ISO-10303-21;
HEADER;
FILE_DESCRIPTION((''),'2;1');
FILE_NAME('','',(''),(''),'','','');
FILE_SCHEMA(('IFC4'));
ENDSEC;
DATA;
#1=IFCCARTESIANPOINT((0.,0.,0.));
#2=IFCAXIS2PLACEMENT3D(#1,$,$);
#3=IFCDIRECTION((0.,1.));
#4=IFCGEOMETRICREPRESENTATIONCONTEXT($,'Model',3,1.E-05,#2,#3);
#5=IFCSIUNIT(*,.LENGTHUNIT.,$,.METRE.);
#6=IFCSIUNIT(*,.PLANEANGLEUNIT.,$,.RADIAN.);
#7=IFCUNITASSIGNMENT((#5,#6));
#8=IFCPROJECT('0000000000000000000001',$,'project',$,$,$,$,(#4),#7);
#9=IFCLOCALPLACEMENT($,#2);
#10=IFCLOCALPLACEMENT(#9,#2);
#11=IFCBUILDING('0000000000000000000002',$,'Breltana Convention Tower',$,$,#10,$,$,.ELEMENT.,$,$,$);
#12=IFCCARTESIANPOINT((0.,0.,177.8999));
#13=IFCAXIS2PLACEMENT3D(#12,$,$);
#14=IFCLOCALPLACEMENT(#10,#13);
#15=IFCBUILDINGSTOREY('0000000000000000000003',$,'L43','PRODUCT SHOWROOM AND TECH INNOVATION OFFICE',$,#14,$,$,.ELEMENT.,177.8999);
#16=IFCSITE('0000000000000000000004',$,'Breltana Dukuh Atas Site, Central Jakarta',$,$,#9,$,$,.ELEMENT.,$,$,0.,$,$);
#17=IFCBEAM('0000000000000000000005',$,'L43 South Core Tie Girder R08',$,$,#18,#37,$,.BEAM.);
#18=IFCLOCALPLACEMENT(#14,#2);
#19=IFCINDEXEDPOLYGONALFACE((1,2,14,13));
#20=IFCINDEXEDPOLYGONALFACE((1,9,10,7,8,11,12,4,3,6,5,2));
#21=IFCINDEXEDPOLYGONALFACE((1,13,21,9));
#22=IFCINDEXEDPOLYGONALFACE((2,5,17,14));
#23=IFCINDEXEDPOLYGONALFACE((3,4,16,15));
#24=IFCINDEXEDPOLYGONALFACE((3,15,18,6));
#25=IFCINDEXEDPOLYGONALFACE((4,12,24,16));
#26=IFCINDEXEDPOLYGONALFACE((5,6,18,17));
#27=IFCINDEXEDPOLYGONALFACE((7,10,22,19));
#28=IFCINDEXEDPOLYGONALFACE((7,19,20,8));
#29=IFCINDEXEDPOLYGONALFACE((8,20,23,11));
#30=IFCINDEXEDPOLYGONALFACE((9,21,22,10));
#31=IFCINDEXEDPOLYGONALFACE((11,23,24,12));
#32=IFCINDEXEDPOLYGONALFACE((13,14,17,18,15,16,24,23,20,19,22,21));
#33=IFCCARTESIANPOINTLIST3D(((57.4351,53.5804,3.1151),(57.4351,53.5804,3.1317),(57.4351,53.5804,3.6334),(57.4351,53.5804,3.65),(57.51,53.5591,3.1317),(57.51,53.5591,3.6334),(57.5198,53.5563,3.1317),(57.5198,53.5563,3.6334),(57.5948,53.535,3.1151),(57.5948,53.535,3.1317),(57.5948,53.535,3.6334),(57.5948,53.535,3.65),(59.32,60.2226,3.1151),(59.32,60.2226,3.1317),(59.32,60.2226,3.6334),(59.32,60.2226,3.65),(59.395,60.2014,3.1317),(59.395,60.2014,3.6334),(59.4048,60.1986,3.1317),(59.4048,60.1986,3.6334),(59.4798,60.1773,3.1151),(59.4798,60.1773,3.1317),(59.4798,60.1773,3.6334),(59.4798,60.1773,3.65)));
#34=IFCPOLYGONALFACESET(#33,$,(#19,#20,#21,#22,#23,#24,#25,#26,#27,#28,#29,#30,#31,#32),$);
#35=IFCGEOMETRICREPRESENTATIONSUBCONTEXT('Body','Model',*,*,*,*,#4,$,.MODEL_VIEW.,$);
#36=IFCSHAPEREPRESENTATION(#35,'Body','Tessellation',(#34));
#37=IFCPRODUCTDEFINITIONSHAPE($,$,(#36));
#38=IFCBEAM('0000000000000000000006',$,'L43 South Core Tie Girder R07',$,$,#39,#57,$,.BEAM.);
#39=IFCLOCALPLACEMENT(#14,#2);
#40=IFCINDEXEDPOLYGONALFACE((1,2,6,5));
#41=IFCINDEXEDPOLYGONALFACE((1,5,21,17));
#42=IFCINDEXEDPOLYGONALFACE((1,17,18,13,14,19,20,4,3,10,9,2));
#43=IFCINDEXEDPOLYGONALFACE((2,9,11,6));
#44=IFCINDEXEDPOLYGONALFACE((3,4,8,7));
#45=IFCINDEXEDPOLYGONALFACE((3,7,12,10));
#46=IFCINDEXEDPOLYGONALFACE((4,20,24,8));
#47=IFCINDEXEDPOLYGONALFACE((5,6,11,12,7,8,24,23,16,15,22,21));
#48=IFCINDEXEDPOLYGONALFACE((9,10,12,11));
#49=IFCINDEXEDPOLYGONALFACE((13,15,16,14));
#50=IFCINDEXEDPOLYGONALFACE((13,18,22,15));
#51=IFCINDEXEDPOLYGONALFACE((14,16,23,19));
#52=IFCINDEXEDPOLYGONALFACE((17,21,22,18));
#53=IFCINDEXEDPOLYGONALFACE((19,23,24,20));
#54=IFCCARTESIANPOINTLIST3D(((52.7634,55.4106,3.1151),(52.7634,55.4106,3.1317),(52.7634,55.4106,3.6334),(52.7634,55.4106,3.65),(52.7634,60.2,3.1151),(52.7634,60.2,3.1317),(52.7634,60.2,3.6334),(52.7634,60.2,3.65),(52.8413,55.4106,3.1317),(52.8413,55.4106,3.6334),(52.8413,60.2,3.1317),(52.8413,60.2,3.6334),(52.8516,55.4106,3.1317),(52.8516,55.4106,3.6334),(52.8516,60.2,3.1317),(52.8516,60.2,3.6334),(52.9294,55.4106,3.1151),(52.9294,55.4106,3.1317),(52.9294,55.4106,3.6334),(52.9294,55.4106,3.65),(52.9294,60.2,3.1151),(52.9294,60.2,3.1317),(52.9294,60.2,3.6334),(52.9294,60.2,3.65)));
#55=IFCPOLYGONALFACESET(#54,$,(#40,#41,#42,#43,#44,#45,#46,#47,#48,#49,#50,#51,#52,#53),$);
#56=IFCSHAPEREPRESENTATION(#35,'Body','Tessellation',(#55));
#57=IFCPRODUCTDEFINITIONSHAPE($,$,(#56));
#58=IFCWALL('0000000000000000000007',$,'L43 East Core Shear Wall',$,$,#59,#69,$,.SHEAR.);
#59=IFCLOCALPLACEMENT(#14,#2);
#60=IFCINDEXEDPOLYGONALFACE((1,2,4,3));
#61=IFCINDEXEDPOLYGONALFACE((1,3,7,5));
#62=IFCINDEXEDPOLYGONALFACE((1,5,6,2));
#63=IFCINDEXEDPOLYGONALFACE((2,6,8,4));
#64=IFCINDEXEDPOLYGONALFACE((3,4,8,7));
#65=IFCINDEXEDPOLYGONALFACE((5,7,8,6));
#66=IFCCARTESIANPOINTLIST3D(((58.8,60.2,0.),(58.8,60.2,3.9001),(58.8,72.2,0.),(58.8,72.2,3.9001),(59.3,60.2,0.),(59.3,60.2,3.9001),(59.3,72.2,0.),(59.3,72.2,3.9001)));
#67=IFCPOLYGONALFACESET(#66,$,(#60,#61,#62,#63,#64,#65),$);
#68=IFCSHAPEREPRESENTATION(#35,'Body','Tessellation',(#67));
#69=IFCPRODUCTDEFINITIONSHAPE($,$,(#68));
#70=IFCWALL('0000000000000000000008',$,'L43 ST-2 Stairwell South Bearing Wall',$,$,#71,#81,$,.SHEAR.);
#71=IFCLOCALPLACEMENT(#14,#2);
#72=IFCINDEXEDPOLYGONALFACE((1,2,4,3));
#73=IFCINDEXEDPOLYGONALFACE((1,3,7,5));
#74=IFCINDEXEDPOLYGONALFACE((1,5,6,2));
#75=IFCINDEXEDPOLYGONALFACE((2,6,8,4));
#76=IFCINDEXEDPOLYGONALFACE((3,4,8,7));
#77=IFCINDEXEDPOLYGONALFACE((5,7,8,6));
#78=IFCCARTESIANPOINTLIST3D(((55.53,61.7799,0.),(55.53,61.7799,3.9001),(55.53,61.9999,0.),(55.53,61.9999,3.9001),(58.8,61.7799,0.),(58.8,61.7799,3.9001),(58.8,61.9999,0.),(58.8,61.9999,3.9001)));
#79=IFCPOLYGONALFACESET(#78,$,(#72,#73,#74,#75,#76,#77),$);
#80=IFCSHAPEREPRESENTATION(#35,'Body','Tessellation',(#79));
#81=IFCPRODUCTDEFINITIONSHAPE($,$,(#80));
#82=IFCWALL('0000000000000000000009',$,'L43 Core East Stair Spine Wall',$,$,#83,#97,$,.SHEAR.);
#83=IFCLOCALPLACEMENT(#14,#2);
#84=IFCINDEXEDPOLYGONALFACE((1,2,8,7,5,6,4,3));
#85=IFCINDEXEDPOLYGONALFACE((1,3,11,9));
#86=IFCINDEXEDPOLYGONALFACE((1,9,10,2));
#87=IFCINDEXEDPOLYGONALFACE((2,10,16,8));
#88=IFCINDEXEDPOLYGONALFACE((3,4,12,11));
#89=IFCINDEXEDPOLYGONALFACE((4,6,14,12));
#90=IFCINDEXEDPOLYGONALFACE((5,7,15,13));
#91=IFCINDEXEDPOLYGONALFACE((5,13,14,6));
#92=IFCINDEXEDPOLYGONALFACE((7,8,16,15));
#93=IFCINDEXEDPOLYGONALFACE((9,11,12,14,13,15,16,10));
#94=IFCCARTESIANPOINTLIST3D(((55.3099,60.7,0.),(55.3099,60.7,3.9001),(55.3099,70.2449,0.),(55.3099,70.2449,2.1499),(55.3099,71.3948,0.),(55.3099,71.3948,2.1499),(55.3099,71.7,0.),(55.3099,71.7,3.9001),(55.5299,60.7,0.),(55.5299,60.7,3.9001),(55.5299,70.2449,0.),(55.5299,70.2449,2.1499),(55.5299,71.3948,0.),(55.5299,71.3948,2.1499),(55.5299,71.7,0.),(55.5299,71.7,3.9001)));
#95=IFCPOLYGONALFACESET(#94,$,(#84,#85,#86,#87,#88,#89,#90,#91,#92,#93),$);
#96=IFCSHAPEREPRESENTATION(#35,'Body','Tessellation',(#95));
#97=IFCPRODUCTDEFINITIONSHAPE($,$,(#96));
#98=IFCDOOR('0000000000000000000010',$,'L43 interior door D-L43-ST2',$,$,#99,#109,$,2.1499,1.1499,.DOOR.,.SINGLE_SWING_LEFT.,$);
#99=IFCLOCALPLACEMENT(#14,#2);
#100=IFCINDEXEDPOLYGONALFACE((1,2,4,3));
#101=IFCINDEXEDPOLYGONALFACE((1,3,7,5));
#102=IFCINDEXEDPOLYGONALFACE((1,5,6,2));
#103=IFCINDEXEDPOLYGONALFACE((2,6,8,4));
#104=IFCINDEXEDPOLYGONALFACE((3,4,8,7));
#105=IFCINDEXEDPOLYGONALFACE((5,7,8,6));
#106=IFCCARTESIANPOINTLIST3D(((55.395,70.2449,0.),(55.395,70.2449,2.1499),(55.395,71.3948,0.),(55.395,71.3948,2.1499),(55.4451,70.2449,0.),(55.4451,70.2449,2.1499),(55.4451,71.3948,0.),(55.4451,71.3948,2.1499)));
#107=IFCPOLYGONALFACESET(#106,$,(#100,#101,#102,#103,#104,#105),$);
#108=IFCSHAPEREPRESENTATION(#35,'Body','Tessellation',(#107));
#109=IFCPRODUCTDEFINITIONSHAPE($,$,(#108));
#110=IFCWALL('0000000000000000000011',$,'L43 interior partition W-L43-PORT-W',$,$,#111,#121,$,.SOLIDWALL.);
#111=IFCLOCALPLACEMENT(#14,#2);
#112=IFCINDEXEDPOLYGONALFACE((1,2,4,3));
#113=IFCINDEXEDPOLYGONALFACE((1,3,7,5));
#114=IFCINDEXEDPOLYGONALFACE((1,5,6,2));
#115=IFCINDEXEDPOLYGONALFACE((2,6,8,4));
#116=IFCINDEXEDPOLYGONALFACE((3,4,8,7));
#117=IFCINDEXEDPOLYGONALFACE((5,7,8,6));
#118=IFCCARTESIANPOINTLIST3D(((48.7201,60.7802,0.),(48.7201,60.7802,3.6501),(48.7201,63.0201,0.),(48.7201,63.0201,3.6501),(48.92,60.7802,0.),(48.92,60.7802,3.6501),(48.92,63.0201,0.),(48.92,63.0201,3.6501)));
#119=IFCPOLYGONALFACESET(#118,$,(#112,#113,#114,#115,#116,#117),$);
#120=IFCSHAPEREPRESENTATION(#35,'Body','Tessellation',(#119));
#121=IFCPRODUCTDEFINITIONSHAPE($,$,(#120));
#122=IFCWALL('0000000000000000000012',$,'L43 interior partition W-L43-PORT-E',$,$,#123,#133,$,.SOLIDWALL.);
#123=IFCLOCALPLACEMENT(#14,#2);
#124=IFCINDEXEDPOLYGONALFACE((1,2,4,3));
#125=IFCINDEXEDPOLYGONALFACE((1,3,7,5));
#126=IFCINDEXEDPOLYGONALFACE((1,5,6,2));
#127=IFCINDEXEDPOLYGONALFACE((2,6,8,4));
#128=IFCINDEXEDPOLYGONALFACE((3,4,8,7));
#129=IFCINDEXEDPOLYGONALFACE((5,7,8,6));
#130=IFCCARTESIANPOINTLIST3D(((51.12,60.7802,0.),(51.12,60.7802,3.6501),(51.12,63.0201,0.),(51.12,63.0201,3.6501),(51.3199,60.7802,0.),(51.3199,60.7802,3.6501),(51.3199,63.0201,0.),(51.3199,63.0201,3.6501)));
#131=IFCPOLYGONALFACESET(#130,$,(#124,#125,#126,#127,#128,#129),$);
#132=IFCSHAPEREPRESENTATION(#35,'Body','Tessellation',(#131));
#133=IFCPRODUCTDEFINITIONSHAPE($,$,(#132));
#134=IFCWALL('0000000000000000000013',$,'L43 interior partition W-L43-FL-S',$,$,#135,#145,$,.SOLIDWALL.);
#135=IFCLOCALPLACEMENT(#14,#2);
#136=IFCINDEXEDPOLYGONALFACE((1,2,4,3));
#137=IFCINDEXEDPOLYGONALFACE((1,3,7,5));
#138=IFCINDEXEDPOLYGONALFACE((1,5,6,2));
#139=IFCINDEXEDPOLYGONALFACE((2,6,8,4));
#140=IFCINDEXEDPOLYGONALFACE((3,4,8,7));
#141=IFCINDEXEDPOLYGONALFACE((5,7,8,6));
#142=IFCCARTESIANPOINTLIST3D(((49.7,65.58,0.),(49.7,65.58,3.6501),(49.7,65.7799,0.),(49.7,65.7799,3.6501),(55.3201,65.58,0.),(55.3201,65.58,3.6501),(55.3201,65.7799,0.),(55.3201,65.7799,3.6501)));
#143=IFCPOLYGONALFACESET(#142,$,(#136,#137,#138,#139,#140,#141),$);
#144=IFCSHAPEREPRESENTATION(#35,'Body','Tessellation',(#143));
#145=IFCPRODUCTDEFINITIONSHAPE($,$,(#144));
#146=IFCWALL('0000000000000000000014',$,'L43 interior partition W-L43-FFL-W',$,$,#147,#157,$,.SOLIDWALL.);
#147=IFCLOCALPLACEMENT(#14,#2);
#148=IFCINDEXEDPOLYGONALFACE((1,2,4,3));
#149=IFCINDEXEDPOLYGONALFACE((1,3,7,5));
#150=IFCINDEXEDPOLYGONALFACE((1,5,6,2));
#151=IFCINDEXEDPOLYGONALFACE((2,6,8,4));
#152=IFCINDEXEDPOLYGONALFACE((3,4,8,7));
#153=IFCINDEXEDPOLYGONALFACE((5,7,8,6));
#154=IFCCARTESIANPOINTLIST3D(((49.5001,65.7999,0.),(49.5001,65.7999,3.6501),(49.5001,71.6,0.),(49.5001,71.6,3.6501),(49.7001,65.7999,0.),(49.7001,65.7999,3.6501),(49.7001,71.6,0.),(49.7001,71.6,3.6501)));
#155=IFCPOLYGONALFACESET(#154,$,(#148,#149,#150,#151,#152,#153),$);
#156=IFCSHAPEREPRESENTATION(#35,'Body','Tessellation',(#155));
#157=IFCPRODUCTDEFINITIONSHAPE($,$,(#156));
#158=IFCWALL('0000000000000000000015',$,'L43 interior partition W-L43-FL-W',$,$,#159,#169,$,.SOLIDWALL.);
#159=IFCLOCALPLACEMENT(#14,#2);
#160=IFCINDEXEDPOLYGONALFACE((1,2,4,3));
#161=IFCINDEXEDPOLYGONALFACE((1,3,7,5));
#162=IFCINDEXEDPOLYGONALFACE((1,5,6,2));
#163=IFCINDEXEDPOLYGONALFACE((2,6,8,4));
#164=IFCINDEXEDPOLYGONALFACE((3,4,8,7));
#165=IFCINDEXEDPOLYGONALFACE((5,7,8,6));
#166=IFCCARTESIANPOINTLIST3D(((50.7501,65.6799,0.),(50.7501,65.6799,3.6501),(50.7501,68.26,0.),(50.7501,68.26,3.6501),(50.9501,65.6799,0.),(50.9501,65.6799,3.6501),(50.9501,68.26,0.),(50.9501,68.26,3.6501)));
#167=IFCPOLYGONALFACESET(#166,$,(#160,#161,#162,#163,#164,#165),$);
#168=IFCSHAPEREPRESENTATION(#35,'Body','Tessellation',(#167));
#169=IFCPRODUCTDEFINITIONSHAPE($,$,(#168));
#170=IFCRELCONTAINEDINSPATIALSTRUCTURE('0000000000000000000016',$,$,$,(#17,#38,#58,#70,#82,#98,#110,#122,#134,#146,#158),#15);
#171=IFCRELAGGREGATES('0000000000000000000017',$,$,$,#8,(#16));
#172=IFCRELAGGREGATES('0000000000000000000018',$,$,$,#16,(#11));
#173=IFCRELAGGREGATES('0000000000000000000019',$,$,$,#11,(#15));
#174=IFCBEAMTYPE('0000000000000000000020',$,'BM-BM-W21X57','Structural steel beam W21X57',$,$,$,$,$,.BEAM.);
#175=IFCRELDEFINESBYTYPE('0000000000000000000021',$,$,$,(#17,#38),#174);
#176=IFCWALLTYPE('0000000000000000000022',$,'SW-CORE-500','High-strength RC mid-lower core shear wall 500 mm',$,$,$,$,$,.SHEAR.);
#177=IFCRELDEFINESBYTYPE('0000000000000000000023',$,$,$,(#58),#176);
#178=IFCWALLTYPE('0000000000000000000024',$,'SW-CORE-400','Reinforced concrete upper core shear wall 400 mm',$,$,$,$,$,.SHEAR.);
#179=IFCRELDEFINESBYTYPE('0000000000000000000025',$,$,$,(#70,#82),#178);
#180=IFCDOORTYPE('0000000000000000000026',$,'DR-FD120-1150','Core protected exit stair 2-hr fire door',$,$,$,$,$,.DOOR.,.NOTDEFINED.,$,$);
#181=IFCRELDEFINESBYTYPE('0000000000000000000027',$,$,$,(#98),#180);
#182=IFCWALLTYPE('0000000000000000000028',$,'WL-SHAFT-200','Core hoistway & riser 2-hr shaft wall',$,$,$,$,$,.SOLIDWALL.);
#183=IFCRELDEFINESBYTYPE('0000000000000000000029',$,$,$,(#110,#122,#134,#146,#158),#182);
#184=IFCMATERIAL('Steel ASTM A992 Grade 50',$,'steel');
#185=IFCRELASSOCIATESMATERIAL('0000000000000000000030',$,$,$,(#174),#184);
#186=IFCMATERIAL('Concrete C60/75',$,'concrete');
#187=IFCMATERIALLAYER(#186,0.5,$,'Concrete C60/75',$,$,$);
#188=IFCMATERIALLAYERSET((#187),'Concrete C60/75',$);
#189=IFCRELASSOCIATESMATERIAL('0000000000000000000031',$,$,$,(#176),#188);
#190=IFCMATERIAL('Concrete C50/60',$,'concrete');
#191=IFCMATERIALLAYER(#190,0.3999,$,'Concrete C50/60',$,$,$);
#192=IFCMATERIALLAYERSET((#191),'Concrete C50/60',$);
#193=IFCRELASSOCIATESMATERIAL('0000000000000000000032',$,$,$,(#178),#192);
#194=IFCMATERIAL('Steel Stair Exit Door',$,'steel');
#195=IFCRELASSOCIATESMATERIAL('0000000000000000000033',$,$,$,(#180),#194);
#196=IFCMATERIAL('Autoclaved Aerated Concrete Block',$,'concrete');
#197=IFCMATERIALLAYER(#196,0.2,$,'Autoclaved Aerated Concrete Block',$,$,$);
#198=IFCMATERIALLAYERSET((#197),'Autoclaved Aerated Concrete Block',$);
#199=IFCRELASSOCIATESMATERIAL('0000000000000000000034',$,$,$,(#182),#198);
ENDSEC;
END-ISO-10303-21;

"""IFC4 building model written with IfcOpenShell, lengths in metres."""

from ifc_helpers import new_model, si_unit, direction, frame, frame_2d, origin, origin_2d, place, context, subcontext, project, spatial, rectangle, i_section, extrude, source, transform, mapped, material, layer, layer_set, material_profile, profile_set, type_object, type_shapes, element, fill, save


model = new_model("IFC4")

# Units and contexts
model_context = context("Model", 3, precision=1e-05, world=origin(), true_north=direction((0.0, 1.0)))
body_context = subcontext(model_context, "Body", "Model", "MODEL_VIEW")
ifc_project = project(units=[si_unit("LENGTHUNIT", "METRE"), si_unit("PLANEANGLEUNIT", "RADIAN")], contexts=[model_context])

# Site, building, storey
site_placement = place(None, origin())
site = spatial("IfcSite", under=ifc_project, at=site_placement, Name="Breltana Dukuh Atas Site, Central Jakarta", CompositionType="ELEMENT", RefElevation=0.0)
building_placement = place(site_placement, origin())
building = spatial("IfcBuilding", under=site, at=building_placement, Name="Breltana Convention Tower", CompositionType="ELEMENT")
storey_placement = place(building_placement, frame((0.0, 0.0, 177.8999)))
storey = spatial("IfcBuildingStorey", under=building, at=storey_placement, Name="L43", Description="PRODUCT SHOWROOM AND TECH INNOVATION OFFICE", CompositionType="ELEMENT", Elevation=177.8999)

# Beams
ifc_material_1 = material(Name="Steel ASTM A992 Grade 50", Category="steel")
ifc_material_profile = material_profile(ifc_material_1, i_section(OverallWidth=0.166, OverallDepth=0.5349, WebThickness=0.0103, FlangeThickness=0.0166, at=origin_2d()), Name="W21X57")
ifc_profile_set = profile_set([ifc_material_profile], Name="Steel ASTM A992 Grade 50")
beam_type = type_object("IfcBeamType", Name="BM-BM-W21X57", Description="Structural steel beam W21X57", PredefinedType="BEAM", material=ifc_profile_set)
shared_shape_1 = source(origin(), body_context, "Body", "SweptSolid", [
    extrude(i_section(OverallWidth=0.166, OverallDepth=0.5349, WebThickness=0.0103, FlangeThickness=0.0166, at=origin_2d()), origin(), (0.0, 0.0, 1.0), 6.9045),
])
type_shapes(beam_type, [shared_shape_1])
beam_1_placement = place(storey_placement, frame((59.3999, 60.2, 3.3826), z_axis=(-0.273007, -0.962012, 0.0), x_axis=(0.962012, -0.273007, 0.0)))
element("IfcBeam", 1, at=beam_1_placement, inside=storey, type_object=beam_type, Name="L43 South Core Tie Girder R08", PredefinedType="BEAM", context=body_context, shape_type="MappedRepresentation", body=[
    mapped(shared_shape_1, transform((0.0, 0.0, 0.0), scale=1.0)),
])
shared_shape_2 = source(origin(), body_context, "Body", "SweptSolid", [
    extrude(i_section(OverallWidth=0.166, OverallDepth=0.5349, WebThickness=0.0103, FlangeThickness=0.0166, at=origin_2d()), origin(), (0.0, 0.0, 1.0), 4.7893),
])
beam_2_placement = place(storey_placement, frame((52.8464, 60.2, 3.3826), z_axis=(0.0, -1.0, 0.0), x_axis=(1.0, 0.0, 0.0)))
element("IfcBeam", 2, at=beam_2_placement, inside=storey, type_object=beam_type, Name="L43 South Core Tie Girder R07", PredefinedType="BEAM", context=body_context, shape_type="MappedRepresentation", body=[
    mapped(shared_shape_2, transform((0.0, 0.0, 0.0), scale=1.0)),
])

# Walls
ifc_material_2 = material(Name="Concrete C60/75", Category="concrete")
ifc_layer_1 = layer(ifc_material_2, 0.5, Name="Concrete C60/75")
ifc_layer_set_1 = layer_set([ifc_layer_1], Name="Concrete C60/75")
wall_type_1 = type_object("IfcWallType", Name="SW-CORE-500", Description="High-strength RC mid-lower core shear wall 500 mm", PredefinedType="SHEAR", material=ifc_layer_set_1)
shared_shape_3 = source(origin(), body_context, "Body", "SweptSolid", [
    extrude(rectangle(XDim=12.0, YDim=0.5, at=frame_2d((6.0, 0.0))), origin(), (0.0, 0.0, 1.0), 3.9001),
])
wall_1_placement = place(storey_placement, frame((59.05, 60.2, 0.0), z_axis=(0.0, 0.0, 1.0), x_axis=(0.0, 1.0, 0.0)))
element("IfcWall", 3, at=wall_1_placement, inside=storey, type_object=wall_type_1, Name="L43 East Core Shear Wall", PredefinedType="SHEAR", context=body_context, shape_type="MappedRepresentation", body=[
    mapped(shared_shape_3, transform((0.0, 0.0, 0.0), scale=1.0)),
])
ifc_material_3 = material(Name="Concrete C50/60", Category="concrete")
ifc_layer_2 = layer(ifc_material_3, 0.3999, Name="Concrete C50/60")
ifc_layer_set_2 = layer_set([ifc_layer_2], Name="Concrete C50/60")
wall_type_2 = type_object("IfcWallType", Name="SW-CORE-400", Description="Reinforced concrete upper core shear wall 400 mm", PredefinedType="SHEAR", material=ifc_layer_set_2)
shared_shape_4 = source(origin(), body_context, "Body", "SweptSolid", [
    extrude(rectangle(XDim=3.27, YDim=0.22, at=frame_2d((1.635, 0.0))), origin(), (0.0, 0.0, 1.0), 3.9001),
])
wall_2_placement = place(storey_placement, frame((55.53, 61.8899, 0.0), z_axis=(0.0, 0.0, 1.0), x_axis=(1.0, 0.0, 0.0)))
element("IfcWall", 4, at=wall_2_placement, inside=storey, type_object=wall_type_2, Name="L43 ST-2 Stairwell South Bearing Wall", PredefinedType="SHEAR", context=body_context, shape_type="MappedRepresentation", body=[
    mapped(shared_shape_4, transform((0.0, 0.0, 0.0), scale=1.0)),
])

# Wall, opening, door
shared_shape_5 = source(origin(), body_context, "Body", "SweptSolid", [
    extrude(rectangle(XDim=11.0, YDim=0.22, at=frame_2d((5.5, 0.0))), origin(), (0.0, 0.0, 1.0), 3.9001),
])
wall_3_placement = place(storey_placement, frame((55.4199, 60.7, 0.0), z_axis=(0.0, 0.0, 1.0), x_axis=(0.0, 1.0, 0.0)))
wall_3 = element("IfcWall", 5, at=wall_3_placement, inside=storey, type_object=wall_type_2, Name="L43 Core East Stair Spine Wall", PredefinedType="SHEAR", context=body_context, shape_type="MappedRepresentation", body=[
    mapped(shared_shape_5, transform((0.0, 0.0, 0.0), scale=1.0)),
])
opening_1_placement = place(wall_3_placement, frame((9.5449, 0.0, 0.0)))
opening_1 = element("IfcOpeningElement", 6, at=opening_1_placement, cuts=wall_3, PredefinedType="OPENING", context=body_context, shape_type="SweptSolid", body=[
    extrude(rectangle(XDim=1.1499, YDim=2.1499, at=frame_2d((0.575, 1.075))), frame((0.0, 0.1201, 0.0), z_axis=(0.0, -1.0, 0.0), x_axis=(1.0, 0.0, 0.0)), (0.0, 0.0, 1.0), 0.24),
])
ifc_material_4 = material(Name="Steel Stair Exit Door", Category="steel")
door_type_1 = type_object("IfcDoorType", Name="DR-FD120-1150", Description="Core protected exit stair 2-hr fire door", OperationType="NOTDEFINED", PredefinedType="DOOR", material=ifc_material_4)
shared_shape_6 = source(origin(), body_context, "Body", "SweptSolid", [
    extrude(rectangle(XDim=1.1499, YDim=2.1499, at=frame_2d((0.575, 1.075))), frame((0.0, 0.0249, 0.0), z_axis=(0.0, -1.0, 0.0), x_axis=(1.0, 0.0, 0.0)), (0.0, 0.0, 1.0), 0.05),
])
type_shapes(door_type_1, [shared_shape_6])
door_1_placement = place(opening_1_placement, origin())
door_1 = element("IfcDoor", 7, at=door_1_placement, inside=storey, type_object=door_type_1, Name="L43 interior door D-L43-ST2", OperationType="SINGLE_SWING_LEFT", OverallHeight=2.1499, OverallWidth=1.1499, PredefinedType="DOOR", context=body_context, shape_type="MappedRepresentation", body=[
    mapped(shared_shape_6, transform((0.0, 0.0, 0.0), scale=1.0)),
])
fill(opening_1, door_1)

# Walls
ifc_material_5 = material(Name="Autoclaved Aerated Concrete Block", Category="concrete")
ifc_layer_3 = layer(ifc_material_5, 0.2, Name="Autoclaved Aerated Concrete Block")
ifc_layer_set_3 = layer_set([ifc_layer_3], Name="Autoclaved Aerated Concrete Block")
wall_type_3 = type_object("IfcWallType", Name="WL-SHAFT-200", Description="Core hoistway & riser 2-hr shaft wall", PredefinedType="SOLIDWALL", material=ifc_layer_set_3)
shared_shape_7 = source(origin(), body_context, "Body", "SweptSolid", [
    extrude(rectangle(XDim=2.24, YDim=0.2, at=frame_2d((1.1201, 0.0))), origin(), (0.0, 0.0, 1.0), 3.6501),
])
for number, where, z_axis, x_axis, name in (
    (8, (48.8201, 60.78, 0.0), (0.0, 0.0, 1.0), (0.0, 1.0, 0.0), "L43 interior partition W-L43-PORT-W"),
    (9, (51.22, 60.78, 0.0), (0.0, 0.0, 1.0), (0.0, 1.0, 0.0), "L43 interior partition W-L43-PORT-E"),
):
    element("IfcWall", number, at=place(storey_placement, frame(where, z_axis=z_axis, x_axis=x_axis)), inside=storey, type_object=wall_type_3, Name=name, PredefinedType="SOLIDWALL", context=body_context, shape_type="MappedRepresentation", body=[
        mapped(shared_shape_7, transform((0.0, 0.0, 0.0), scale=1.0)),
    ])
shared_shape_8 = source(origin(), body_context, "Body", "SweptSolid", [
    extrude(rectangle(XDim=5.6201, YDim=0.2, at=frame_2d((2.8101, 0.0))), origin(), (0.0, 0.0, 1.0), 3.6501),
])
wall_4_placement = place(storey_placement, frame((49.7, 65.6799, 0.0), z_axis=(0.0, 0.0, 1.0), x_axis=(1.0, 0.0, 0.0)))
element("IfcWall", 10, at=wall_4_placement, inside=storey, type_object=wall_type_3, Name="L43 interior partition W-L43-FL-S", PredefinedType="SOLIDWALL", context=body_context, shape_type="MappedRepresentation", body=[
    mapped(shared_shape_8, transform((0.0, 0.0, 0.0), scale=1.0)),
])
shared_shape_9 = source(origin(), body_context, "Body", "SweptSolid", [
    extrude(rectangle(XDim=5.8, YDim=0.2, at=frame_2d((2.8999, 0.0))), origin(), (0.0, 0.0, 1.0), 3.6501),
])
wall_5_placement = place(storey_placement, frame((49.6001, 65.8, 0.0), z_axis=(0.0, 0.0, 1.0), x_axis=(0.0, 1.0, 0.0)))
element("IfcWall", 11, at=wall_5_placement, inside=storey, type_object=wall_type_3, Name="L43 interior partition W-L43-FFL-W", PredefinedType="SOLIDWALL", context=body_context, shape_type="MappedRepresentation", body=[
    mapped(shared_shape_9, transform((0.0, 0.0, 0.0), scale=1.0)),
])
shared_shape_10 = source(origin(), body_context, "Body", "SweptSolid", [
    extrude(rectangle(XDim=2.5801, YDim=0.2, at=frame_2d((1.29, 0.0))), origin(), (0.0, 0.0, 1.0), 3.6501),
])
wall_6_placement = place(storey_placement, frame((50.8501, 65.6799, 0.0), z_axis=(0.0, 0.0, 1.0), x_axis=(0.0, 1.0, 0.0)))
element("IfcWall", 12, at=wall_6_placement, inside=storey, type_object=wall_type_3, Name="L43 interior partition W-L43-FL-W", PredefinedType="SOLIDWALL", context=body_context, shape_type="MappedRepresentation", body=[
    mapped(shared_shape_10, transform((0.0, 0.0, 0.0), scale=1.0)),
])

save(model, "model.ifc")
